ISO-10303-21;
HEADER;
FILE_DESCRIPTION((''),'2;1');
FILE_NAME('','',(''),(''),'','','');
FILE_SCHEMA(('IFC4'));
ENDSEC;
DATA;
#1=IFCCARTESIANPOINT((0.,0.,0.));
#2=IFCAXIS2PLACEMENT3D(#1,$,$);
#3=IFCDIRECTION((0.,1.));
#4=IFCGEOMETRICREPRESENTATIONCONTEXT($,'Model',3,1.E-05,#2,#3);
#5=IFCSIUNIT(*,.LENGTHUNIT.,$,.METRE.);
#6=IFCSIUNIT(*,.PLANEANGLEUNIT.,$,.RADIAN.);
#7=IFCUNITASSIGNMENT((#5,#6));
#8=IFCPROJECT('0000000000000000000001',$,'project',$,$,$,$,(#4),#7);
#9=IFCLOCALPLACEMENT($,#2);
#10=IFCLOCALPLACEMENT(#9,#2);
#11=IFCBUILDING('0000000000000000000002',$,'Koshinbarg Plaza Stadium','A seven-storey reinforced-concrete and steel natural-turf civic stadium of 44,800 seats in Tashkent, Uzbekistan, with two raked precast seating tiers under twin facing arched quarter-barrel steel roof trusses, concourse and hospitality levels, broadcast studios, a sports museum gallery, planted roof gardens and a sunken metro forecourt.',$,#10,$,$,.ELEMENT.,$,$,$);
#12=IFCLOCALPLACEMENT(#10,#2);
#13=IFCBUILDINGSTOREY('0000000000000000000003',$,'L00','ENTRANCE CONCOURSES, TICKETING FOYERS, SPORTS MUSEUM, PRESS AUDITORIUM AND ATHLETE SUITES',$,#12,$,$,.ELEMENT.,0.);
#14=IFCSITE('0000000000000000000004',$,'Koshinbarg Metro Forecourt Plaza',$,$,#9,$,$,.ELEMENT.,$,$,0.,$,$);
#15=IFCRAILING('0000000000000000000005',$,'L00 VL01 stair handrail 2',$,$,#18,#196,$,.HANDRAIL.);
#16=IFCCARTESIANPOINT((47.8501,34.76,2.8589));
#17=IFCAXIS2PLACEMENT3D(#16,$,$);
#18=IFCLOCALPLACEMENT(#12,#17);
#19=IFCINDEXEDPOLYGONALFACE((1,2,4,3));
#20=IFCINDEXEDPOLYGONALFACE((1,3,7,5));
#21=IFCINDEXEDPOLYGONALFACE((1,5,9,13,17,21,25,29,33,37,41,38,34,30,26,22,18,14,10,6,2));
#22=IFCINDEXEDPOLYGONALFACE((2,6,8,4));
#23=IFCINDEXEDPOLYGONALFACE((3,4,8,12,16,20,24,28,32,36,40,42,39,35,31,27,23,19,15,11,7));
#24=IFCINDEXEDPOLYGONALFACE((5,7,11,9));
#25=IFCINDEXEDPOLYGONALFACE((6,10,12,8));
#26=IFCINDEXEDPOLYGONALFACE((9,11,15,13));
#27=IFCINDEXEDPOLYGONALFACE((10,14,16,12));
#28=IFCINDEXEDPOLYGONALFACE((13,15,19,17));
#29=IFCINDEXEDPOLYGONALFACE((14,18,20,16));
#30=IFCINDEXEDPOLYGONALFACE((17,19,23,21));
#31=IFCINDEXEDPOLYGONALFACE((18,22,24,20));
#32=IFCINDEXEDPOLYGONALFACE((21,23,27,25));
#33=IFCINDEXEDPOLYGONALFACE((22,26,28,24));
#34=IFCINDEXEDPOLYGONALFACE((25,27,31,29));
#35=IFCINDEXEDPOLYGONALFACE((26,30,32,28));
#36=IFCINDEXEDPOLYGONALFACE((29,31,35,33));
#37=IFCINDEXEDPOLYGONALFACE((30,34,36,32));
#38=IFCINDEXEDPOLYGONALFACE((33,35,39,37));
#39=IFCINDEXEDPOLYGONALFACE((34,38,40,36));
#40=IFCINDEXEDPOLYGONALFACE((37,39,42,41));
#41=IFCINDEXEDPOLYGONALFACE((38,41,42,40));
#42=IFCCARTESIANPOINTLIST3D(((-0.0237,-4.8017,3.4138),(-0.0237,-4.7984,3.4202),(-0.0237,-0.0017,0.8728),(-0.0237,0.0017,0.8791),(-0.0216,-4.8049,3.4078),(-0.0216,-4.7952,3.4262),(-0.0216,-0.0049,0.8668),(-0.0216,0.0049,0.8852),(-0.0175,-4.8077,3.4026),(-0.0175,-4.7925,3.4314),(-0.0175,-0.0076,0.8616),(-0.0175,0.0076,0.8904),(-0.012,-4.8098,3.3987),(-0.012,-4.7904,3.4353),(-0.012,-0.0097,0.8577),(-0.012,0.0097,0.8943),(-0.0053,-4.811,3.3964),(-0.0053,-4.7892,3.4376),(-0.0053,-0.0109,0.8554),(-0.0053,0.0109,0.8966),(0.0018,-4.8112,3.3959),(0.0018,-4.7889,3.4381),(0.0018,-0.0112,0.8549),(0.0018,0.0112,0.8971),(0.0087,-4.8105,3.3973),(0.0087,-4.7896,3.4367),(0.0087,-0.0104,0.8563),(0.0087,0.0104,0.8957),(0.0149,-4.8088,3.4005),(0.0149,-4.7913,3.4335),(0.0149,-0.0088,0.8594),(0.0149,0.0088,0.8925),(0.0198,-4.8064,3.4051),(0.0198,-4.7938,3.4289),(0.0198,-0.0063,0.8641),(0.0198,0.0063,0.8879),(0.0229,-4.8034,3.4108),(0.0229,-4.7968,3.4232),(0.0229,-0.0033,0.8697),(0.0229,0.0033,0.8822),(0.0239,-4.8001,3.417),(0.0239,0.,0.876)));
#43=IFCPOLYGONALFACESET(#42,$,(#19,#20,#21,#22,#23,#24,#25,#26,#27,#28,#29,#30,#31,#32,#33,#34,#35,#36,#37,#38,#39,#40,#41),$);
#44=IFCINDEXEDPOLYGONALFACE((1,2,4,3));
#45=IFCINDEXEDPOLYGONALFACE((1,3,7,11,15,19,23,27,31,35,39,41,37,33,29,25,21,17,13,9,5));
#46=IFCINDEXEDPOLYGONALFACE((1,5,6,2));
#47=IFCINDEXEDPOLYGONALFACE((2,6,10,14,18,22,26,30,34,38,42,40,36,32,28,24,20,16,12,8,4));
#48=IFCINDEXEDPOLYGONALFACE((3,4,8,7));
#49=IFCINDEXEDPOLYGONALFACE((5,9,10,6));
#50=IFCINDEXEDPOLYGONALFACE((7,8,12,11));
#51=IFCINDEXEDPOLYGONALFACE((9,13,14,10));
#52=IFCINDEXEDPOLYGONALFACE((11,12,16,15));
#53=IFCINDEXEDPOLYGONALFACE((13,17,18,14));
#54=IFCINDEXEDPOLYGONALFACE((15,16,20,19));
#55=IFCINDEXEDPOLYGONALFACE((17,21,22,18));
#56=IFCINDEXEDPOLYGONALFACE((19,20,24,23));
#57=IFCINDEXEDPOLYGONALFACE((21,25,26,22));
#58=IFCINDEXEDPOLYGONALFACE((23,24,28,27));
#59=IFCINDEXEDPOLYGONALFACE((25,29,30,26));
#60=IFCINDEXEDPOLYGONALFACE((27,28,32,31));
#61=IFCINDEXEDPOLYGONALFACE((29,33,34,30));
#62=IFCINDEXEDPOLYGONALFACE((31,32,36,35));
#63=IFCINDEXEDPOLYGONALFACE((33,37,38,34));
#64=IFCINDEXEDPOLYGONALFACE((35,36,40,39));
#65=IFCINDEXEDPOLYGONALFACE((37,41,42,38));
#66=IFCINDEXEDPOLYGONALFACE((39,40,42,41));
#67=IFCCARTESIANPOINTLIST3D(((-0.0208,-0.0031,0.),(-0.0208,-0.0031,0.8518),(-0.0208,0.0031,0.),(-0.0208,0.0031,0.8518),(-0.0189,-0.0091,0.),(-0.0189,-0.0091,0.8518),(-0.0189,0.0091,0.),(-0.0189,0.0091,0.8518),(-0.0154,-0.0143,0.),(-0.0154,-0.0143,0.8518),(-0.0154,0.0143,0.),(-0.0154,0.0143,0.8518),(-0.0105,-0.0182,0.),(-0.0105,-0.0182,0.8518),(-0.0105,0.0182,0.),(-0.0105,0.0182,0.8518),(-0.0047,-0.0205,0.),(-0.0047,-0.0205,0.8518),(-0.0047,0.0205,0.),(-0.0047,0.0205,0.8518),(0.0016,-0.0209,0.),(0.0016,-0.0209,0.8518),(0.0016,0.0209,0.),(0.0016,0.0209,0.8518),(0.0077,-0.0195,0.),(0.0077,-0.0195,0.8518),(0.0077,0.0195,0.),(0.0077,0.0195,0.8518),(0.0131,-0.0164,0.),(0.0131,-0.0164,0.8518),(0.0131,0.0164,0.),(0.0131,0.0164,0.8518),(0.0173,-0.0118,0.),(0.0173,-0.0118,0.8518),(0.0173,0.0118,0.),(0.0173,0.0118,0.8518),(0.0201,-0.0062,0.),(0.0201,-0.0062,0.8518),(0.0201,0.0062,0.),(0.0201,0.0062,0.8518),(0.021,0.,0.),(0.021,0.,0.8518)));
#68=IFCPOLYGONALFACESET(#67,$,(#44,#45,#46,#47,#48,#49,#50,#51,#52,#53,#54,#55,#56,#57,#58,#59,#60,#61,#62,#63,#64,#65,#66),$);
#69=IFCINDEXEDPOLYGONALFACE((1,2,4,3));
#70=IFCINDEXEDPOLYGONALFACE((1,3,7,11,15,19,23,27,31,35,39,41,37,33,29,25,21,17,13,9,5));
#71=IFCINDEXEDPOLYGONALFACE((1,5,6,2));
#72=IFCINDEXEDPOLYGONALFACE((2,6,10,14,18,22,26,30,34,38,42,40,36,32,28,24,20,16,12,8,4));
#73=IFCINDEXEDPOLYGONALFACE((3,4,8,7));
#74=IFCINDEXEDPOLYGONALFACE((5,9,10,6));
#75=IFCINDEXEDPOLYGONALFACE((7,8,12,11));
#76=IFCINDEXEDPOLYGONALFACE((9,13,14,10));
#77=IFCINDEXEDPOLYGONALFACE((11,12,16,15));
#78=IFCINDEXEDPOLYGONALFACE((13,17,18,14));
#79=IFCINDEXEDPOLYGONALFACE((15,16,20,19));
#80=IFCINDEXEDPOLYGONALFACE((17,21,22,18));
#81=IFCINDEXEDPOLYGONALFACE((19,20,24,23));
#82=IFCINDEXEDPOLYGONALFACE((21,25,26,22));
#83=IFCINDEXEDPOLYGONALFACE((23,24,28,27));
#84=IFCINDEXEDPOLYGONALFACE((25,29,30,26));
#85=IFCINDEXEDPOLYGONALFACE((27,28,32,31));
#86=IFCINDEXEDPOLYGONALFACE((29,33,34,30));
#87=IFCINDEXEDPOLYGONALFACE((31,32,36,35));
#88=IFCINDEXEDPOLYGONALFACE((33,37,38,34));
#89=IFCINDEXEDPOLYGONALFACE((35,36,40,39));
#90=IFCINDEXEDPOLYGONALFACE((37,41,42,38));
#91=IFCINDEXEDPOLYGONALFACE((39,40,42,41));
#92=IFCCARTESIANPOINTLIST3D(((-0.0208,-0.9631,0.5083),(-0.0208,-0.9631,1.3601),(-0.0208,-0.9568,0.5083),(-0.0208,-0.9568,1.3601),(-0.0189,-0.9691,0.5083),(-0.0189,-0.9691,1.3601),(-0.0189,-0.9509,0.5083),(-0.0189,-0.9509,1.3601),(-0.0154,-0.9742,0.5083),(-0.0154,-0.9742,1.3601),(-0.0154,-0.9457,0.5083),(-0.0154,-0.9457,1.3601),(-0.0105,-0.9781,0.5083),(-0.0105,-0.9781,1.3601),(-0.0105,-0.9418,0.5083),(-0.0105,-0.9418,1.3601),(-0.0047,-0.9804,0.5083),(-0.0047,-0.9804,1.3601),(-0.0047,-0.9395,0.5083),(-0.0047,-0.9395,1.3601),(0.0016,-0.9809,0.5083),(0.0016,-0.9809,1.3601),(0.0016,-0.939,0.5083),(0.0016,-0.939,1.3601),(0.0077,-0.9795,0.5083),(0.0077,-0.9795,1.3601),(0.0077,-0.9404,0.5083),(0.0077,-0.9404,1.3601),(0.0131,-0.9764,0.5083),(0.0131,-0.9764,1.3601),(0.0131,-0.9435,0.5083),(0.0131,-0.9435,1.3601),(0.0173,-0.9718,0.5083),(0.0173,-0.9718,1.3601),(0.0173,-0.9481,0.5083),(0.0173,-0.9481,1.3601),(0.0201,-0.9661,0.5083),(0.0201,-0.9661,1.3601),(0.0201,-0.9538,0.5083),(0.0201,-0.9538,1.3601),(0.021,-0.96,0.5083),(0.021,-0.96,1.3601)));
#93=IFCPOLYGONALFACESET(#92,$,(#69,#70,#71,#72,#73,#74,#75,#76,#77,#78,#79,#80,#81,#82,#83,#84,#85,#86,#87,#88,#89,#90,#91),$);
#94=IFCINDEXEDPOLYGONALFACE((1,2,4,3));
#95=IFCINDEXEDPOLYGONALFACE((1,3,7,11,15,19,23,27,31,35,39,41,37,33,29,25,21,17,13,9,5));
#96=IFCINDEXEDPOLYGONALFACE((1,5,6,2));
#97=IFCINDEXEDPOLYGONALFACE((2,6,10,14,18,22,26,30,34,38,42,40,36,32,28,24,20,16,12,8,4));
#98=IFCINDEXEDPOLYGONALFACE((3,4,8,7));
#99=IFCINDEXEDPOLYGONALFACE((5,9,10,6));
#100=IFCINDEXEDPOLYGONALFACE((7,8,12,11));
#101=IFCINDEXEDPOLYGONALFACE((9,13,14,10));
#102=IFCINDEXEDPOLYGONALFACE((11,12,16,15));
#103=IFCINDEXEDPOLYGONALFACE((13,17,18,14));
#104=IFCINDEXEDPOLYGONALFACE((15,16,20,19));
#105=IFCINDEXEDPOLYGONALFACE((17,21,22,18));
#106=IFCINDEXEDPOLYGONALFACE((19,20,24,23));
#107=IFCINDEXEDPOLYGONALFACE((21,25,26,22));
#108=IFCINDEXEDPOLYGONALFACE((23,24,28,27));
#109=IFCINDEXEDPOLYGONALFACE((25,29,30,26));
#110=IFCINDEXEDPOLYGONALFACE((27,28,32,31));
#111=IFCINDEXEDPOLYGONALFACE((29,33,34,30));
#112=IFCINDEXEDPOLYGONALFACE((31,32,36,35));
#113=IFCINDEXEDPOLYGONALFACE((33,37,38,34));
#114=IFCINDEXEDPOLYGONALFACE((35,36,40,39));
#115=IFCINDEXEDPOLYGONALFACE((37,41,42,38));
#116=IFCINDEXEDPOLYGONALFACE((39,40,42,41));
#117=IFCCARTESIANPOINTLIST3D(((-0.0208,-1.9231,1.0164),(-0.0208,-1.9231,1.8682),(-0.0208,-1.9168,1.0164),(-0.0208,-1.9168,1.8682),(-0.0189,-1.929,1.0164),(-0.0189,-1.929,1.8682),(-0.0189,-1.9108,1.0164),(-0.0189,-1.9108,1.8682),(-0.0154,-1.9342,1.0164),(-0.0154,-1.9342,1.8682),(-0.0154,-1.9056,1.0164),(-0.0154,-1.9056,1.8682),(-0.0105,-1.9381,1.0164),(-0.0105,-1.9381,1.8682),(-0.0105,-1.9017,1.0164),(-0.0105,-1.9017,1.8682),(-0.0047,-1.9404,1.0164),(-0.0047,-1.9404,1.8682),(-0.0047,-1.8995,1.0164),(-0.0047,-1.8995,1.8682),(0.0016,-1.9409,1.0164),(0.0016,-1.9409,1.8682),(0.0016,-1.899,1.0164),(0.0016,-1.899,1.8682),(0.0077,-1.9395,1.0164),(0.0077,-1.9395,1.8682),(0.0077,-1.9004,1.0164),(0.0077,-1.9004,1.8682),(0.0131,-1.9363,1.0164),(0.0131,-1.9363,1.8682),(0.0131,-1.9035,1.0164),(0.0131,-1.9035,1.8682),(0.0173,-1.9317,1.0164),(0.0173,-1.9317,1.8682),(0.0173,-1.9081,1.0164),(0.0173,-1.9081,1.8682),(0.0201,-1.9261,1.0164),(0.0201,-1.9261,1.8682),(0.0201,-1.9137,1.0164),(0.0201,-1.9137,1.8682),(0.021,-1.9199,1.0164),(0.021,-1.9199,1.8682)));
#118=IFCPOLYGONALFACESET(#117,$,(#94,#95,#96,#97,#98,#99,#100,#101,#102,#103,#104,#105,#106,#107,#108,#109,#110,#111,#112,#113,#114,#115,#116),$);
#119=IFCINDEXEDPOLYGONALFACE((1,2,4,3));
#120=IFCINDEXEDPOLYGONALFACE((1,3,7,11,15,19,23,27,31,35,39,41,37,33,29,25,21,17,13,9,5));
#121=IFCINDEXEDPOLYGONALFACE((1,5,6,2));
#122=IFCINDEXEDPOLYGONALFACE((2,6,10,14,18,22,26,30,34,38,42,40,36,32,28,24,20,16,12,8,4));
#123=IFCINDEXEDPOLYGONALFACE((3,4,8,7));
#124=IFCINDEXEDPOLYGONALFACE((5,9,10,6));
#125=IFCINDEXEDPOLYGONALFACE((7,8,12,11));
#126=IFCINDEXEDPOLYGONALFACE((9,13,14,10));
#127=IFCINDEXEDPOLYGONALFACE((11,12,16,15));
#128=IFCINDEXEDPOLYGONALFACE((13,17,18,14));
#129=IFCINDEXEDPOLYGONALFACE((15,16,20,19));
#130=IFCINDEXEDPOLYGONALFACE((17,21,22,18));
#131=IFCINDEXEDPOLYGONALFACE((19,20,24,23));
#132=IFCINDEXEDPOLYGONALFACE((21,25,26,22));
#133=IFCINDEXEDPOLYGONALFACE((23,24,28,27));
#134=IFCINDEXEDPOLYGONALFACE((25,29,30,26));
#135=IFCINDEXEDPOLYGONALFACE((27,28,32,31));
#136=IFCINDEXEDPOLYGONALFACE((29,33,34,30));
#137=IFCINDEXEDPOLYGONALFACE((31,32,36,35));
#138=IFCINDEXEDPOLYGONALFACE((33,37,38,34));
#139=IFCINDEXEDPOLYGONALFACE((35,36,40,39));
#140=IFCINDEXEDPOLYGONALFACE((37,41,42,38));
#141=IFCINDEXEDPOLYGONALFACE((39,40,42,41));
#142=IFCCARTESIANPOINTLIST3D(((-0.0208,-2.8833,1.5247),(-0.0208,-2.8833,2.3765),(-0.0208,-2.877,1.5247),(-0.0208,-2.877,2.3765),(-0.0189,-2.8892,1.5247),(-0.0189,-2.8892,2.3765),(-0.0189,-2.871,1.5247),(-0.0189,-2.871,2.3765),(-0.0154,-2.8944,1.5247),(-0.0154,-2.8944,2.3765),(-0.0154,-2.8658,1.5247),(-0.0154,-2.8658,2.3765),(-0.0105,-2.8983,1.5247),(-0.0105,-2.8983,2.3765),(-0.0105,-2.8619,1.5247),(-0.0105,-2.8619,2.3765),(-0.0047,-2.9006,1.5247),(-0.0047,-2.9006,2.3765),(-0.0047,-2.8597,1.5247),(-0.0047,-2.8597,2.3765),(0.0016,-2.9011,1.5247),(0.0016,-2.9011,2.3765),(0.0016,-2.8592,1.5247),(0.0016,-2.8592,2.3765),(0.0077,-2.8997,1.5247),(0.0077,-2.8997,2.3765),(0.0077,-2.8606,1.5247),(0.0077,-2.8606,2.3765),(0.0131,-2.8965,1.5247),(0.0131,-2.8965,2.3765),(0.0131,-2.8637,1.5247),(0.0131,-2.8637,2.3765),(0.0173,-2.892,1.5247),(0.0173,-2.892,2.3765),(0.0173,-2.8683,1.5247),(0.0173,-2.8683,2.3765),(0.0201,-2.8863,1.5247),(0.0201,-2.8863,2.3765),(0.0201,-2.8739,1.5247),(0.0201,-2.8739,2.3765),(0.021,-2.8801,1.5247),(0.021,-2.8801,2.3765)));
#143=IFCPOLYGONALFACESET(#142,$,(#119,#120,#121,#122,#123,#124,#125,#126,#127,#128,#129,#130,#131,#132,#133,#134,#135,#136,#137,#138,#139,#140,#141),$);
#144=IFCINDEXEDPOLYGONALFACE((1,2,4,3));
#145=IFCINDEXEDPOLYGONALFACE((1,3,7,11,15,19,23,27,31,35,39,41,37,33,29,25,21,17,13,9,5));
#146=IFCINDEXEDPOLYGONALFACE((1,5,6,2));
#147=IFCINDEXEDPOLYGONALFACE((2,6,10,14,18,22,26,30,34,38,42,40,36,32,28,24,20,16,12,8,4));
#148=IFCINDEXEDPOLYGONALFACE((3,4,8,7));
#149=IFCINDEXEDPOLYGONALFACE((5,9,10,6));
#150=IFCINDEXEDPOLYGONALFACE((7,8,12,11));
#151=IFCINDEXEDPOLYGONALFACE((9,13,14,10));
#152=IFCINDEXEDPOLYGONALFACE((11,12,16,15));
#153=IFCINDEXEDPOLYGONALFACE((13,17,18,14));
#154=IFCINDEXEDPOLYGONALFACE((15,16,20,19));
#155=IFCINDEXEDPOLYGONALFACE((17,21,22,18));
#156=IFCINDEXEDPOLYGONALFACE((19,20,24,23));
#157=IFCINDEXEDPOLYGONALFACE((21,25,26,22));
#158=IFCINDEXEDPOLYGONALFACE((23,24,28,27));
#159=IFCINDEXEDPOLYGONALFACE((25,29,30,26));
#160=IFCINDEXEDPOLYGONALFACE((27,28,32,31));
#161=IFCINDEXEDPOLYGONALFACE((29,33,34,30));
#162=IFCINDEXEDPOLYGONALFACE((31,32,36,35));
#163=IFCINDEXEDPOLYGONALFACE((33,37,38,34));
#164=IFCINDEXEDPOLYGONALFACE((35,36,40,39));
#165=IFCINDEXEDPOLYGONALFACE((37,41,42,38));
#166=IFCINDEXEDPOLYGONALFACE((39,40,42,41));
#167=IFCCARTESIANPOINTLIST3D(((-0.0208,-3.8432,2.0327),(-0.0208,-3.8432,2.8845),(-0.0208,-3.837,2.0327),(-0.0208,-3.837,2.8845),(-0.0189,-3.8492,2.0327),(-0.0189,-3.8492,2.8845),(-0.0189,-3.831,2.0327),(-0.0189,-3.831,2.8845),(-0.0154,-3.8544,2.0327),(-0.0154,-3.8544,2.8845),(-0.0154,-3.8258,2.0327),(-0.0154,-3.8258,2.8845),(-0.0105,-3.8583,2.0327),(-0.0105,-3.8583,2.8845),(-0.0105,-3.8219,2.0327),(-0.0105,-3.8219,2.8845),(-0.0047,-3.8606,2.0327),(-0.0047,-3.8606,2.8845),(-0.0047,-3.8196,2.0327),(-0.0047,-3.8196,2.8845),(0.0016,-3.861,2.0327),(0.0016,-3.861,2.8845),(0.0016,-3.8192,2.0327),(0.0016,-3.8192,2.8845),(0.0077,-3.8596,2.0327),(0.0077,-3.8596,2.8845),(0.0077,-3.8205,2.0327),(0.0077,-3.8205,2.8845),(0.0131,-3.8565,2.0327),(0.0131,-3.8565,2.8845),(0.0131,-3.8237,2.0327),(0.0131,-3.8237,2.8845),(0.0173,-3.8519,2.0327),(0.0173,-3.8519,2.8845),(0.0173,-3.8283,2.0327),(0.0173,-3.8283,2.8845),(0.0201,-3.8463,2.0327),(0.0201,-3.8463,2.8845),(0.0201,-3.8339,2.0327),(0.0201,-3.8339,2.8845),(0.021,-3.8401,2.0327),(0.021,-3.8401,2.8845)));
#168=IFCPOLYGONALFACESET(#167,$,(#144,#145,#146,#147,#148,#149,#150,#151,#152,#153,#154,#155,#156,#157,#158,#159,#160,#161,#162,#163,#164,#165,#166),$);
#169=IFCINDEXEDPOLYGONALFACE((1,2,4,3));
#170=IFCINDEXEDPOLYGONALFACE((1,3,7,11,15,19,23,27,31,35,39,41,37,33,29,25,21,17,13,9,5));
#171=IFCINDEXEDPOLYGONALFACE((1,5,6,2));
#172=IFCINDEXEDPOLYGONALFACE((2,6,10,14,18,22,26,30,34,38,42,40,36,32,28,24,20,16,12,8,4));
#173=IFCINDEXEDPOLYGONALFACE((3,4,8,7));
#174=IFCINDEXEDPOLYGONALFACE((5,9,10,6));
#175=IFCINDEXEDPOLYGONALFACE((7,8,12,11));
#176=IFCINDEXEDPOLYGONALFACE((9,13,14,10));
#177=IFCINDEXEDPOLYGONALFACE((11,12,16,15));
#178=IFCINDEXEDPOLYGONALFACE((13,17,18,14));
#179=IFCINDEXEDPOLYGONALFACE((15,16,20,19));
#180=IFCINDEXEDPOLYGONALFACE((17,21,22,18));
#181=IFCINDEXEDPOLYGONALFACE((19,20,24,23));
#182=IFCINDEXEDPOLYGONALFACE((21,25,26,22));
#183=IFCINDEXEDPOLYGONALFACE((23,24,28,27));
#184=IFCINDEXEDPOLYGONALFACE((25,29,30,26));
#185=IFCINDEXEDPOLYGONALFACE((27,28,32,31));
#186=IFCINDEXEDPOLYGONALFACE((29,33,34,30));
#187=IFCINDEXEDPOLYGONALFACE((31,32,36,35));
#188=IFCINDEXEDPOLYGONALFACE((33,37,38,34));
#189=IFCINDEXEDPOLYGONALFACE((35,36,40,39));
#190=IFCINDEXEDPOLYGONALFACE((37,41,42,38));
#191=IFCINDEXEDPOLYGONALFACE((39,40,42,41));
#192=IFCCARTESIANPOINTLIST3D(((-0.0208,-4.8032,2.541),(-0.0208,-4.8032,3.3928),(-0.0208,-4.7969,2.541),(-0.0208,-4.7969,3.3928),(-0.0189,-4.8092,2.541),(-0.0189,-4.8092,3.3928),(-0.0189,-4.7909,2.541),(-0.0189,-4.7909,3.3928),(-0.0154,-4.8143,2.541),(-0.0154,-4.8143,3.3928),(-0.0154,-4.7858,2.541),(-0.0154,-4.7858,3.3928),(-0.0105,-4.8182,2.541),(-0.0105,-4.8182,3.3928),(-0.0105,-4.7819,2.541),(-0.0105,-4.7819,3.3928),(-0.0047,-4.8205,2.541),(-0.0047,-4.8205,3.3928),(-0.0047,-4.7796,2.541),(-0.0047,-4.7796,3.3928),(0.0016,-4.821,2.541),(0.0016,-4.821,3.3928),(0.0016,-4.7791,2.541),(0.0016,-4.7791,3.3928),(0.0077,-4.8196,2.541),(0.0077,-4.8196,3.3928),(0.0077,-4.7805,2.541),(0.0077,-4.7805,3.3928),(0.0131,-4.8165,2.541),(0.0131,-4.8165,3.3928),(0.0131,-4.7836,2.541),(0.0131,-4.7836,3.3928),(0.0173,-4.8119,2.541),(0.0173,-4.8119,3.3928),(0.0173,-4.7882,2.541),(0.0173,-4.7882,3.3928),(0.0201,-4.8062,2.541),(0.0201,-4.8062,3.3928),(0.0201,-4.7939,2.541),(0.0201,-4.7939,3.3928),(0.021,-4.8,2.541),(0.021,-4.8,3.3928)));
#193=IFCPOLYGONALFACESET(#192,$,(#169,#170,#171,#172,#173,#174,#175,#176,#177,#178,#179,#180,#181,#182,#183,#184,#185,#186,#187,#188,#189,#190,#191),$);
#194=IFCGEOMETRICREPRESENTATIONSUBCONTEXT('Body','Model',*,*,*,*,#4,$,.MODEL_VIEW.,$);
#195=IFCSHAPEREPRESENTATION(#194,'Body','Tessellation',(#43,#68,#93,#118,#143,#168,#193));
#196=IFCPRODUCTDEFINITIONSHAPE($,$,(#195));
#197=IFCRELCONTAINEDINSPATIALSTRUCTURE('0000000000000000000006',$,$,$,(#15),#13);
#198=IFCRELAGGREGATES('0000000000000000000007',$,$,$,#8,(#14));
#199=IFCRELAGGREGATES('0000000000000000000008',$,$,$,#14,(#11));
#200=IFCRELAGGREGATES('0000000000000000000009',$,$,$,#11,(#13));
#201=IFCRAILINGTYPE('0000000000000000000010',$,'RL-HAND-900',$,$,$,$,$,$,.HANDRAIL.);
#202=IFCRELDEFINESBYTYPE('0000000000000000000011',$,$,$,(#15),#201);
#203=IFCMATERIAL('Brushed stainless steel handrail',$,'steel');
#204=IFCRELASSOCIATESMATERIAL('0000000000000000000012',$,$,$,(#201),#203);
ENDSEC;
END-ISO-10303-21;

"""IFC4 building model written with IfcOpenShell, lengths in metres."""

from ifc_helpers import new_model, si_unit, direction, frame, origin, origin_2d, place, context, subcontext, project, spatial, circle, extrude, material, type_object, element, save


model = new_model("IFC4")

# Units and contexts
model_context = context("Model", 3, precision=1e-05, world=origin(), true_north=direction((0.0, 1.0)))
body_context = subcontext(model_context, "Body", "Model", "MODEL_VIEW")
ifc_project = project(units=[si_unit("LENGTHUNIT", "METRE"), si_unit("PLANEANGLEUNIT", "RADIAN")], contexts=[model_context])

# Site, building, storey
site_placement = place(None, origin())
site = spatial("IfcSite", under=ifc_project, at=site_placement, Name="Koshinbarg Metro Forecourt Plaza", CompositionType="ELEMENT", RefElevation=0.0)
building_placement = place(site_placement, origin())
building = spatial("IfcBuilding", under=site, at=building_placement, Name="Koshinbarg Plaza Stadium", Description="A seven-storey reinforced-concrete and steel natural-turf civic stadium of 44,800 seats in Tashkent, Uzbekistan, with two raked precast seating tiers under twin facing arched quarter-barrel steel roof trusses, concourse and hospitality levels, broadcast studios, a sports museum gallery, planted roof gardens and a sunken metro forecourt.", CompositionType="ELEMENT")
storey_placement = place(building_placement, origin())
storey = spatial("IfcBuildingStorey", under=building, at=storey_placement, Name="L00", Description="ENTRANCE CONCOURSES, TICKETING FOYERS, SPORTS MUSEUM, PRESS AUDITORIUM AND ATHLETE SUITES", CompositionType="ELEMENT", Elevation=0.0)

# Railing
ifc_material_1 = material(Name="Brushed stainless steel handrail", Category="steel")
railing_type_1 = type_object("IfcRailingType", Name="RL-HAND-900", PredefinedType="HANDRAIL", material=ifc_material_1)
for number, where, name in (
    (1, (47.8501, 34.76, 2.8589), "L00 VL01 stair handrail 2"),
):
    element("IfcRailing", number, at=place(storey_placement, frame(where)), inside=storey, type_object=railing_type_1, Name=name, PredefinedType="HANDRAIL", context=body_context, shape_type="SweptSolid", body=[
        extrude(circle(Radius=0.0239, at=origin_2d()), frame((0.0, 0.0, 0.876), z_axis=(0.0, -0.883802, 0.467861), x_axis=(1.0, 0.0, 0.0)), (0.0, 0.0, 1.0), 5.4312),
        extrude(circle(Radius=0.021, at=origin_2d()), origin(), (0.0, 0.0, 1.0), 0.8518),
        extrude(circle(Radius=0.021, at=origin_2d()), frame((0.0, -0.96, 0.5083)), (0.0, 0.0, 1.0), 0.8518),
        extrude(circle(Radius=0.021, at=origin_2d()), frame((0.0, -1.9199, 1.0164)), (0.0, 0.0, 1.0), 0.8518),
        extrude(circle(Radius=0.021, at=origin_2d()), frame((0.0, -2.8801, 1.5247)), (0.0, 0.0, 1.0), 0.8518),
        extrude(circle(Radius=0.021, at=origin_2d()), frame((0.0, -3.8401, 2.0327)), (0.0, 0.0, 1.0), 0.8518),
        extrude(circle(Radius=0.021, at=origin_2d()), frame((0.0, -4.8, 2.541)), (0.0, 0.0, 1.0), 0.8518),
    ])

save(model, "model.ifc")
